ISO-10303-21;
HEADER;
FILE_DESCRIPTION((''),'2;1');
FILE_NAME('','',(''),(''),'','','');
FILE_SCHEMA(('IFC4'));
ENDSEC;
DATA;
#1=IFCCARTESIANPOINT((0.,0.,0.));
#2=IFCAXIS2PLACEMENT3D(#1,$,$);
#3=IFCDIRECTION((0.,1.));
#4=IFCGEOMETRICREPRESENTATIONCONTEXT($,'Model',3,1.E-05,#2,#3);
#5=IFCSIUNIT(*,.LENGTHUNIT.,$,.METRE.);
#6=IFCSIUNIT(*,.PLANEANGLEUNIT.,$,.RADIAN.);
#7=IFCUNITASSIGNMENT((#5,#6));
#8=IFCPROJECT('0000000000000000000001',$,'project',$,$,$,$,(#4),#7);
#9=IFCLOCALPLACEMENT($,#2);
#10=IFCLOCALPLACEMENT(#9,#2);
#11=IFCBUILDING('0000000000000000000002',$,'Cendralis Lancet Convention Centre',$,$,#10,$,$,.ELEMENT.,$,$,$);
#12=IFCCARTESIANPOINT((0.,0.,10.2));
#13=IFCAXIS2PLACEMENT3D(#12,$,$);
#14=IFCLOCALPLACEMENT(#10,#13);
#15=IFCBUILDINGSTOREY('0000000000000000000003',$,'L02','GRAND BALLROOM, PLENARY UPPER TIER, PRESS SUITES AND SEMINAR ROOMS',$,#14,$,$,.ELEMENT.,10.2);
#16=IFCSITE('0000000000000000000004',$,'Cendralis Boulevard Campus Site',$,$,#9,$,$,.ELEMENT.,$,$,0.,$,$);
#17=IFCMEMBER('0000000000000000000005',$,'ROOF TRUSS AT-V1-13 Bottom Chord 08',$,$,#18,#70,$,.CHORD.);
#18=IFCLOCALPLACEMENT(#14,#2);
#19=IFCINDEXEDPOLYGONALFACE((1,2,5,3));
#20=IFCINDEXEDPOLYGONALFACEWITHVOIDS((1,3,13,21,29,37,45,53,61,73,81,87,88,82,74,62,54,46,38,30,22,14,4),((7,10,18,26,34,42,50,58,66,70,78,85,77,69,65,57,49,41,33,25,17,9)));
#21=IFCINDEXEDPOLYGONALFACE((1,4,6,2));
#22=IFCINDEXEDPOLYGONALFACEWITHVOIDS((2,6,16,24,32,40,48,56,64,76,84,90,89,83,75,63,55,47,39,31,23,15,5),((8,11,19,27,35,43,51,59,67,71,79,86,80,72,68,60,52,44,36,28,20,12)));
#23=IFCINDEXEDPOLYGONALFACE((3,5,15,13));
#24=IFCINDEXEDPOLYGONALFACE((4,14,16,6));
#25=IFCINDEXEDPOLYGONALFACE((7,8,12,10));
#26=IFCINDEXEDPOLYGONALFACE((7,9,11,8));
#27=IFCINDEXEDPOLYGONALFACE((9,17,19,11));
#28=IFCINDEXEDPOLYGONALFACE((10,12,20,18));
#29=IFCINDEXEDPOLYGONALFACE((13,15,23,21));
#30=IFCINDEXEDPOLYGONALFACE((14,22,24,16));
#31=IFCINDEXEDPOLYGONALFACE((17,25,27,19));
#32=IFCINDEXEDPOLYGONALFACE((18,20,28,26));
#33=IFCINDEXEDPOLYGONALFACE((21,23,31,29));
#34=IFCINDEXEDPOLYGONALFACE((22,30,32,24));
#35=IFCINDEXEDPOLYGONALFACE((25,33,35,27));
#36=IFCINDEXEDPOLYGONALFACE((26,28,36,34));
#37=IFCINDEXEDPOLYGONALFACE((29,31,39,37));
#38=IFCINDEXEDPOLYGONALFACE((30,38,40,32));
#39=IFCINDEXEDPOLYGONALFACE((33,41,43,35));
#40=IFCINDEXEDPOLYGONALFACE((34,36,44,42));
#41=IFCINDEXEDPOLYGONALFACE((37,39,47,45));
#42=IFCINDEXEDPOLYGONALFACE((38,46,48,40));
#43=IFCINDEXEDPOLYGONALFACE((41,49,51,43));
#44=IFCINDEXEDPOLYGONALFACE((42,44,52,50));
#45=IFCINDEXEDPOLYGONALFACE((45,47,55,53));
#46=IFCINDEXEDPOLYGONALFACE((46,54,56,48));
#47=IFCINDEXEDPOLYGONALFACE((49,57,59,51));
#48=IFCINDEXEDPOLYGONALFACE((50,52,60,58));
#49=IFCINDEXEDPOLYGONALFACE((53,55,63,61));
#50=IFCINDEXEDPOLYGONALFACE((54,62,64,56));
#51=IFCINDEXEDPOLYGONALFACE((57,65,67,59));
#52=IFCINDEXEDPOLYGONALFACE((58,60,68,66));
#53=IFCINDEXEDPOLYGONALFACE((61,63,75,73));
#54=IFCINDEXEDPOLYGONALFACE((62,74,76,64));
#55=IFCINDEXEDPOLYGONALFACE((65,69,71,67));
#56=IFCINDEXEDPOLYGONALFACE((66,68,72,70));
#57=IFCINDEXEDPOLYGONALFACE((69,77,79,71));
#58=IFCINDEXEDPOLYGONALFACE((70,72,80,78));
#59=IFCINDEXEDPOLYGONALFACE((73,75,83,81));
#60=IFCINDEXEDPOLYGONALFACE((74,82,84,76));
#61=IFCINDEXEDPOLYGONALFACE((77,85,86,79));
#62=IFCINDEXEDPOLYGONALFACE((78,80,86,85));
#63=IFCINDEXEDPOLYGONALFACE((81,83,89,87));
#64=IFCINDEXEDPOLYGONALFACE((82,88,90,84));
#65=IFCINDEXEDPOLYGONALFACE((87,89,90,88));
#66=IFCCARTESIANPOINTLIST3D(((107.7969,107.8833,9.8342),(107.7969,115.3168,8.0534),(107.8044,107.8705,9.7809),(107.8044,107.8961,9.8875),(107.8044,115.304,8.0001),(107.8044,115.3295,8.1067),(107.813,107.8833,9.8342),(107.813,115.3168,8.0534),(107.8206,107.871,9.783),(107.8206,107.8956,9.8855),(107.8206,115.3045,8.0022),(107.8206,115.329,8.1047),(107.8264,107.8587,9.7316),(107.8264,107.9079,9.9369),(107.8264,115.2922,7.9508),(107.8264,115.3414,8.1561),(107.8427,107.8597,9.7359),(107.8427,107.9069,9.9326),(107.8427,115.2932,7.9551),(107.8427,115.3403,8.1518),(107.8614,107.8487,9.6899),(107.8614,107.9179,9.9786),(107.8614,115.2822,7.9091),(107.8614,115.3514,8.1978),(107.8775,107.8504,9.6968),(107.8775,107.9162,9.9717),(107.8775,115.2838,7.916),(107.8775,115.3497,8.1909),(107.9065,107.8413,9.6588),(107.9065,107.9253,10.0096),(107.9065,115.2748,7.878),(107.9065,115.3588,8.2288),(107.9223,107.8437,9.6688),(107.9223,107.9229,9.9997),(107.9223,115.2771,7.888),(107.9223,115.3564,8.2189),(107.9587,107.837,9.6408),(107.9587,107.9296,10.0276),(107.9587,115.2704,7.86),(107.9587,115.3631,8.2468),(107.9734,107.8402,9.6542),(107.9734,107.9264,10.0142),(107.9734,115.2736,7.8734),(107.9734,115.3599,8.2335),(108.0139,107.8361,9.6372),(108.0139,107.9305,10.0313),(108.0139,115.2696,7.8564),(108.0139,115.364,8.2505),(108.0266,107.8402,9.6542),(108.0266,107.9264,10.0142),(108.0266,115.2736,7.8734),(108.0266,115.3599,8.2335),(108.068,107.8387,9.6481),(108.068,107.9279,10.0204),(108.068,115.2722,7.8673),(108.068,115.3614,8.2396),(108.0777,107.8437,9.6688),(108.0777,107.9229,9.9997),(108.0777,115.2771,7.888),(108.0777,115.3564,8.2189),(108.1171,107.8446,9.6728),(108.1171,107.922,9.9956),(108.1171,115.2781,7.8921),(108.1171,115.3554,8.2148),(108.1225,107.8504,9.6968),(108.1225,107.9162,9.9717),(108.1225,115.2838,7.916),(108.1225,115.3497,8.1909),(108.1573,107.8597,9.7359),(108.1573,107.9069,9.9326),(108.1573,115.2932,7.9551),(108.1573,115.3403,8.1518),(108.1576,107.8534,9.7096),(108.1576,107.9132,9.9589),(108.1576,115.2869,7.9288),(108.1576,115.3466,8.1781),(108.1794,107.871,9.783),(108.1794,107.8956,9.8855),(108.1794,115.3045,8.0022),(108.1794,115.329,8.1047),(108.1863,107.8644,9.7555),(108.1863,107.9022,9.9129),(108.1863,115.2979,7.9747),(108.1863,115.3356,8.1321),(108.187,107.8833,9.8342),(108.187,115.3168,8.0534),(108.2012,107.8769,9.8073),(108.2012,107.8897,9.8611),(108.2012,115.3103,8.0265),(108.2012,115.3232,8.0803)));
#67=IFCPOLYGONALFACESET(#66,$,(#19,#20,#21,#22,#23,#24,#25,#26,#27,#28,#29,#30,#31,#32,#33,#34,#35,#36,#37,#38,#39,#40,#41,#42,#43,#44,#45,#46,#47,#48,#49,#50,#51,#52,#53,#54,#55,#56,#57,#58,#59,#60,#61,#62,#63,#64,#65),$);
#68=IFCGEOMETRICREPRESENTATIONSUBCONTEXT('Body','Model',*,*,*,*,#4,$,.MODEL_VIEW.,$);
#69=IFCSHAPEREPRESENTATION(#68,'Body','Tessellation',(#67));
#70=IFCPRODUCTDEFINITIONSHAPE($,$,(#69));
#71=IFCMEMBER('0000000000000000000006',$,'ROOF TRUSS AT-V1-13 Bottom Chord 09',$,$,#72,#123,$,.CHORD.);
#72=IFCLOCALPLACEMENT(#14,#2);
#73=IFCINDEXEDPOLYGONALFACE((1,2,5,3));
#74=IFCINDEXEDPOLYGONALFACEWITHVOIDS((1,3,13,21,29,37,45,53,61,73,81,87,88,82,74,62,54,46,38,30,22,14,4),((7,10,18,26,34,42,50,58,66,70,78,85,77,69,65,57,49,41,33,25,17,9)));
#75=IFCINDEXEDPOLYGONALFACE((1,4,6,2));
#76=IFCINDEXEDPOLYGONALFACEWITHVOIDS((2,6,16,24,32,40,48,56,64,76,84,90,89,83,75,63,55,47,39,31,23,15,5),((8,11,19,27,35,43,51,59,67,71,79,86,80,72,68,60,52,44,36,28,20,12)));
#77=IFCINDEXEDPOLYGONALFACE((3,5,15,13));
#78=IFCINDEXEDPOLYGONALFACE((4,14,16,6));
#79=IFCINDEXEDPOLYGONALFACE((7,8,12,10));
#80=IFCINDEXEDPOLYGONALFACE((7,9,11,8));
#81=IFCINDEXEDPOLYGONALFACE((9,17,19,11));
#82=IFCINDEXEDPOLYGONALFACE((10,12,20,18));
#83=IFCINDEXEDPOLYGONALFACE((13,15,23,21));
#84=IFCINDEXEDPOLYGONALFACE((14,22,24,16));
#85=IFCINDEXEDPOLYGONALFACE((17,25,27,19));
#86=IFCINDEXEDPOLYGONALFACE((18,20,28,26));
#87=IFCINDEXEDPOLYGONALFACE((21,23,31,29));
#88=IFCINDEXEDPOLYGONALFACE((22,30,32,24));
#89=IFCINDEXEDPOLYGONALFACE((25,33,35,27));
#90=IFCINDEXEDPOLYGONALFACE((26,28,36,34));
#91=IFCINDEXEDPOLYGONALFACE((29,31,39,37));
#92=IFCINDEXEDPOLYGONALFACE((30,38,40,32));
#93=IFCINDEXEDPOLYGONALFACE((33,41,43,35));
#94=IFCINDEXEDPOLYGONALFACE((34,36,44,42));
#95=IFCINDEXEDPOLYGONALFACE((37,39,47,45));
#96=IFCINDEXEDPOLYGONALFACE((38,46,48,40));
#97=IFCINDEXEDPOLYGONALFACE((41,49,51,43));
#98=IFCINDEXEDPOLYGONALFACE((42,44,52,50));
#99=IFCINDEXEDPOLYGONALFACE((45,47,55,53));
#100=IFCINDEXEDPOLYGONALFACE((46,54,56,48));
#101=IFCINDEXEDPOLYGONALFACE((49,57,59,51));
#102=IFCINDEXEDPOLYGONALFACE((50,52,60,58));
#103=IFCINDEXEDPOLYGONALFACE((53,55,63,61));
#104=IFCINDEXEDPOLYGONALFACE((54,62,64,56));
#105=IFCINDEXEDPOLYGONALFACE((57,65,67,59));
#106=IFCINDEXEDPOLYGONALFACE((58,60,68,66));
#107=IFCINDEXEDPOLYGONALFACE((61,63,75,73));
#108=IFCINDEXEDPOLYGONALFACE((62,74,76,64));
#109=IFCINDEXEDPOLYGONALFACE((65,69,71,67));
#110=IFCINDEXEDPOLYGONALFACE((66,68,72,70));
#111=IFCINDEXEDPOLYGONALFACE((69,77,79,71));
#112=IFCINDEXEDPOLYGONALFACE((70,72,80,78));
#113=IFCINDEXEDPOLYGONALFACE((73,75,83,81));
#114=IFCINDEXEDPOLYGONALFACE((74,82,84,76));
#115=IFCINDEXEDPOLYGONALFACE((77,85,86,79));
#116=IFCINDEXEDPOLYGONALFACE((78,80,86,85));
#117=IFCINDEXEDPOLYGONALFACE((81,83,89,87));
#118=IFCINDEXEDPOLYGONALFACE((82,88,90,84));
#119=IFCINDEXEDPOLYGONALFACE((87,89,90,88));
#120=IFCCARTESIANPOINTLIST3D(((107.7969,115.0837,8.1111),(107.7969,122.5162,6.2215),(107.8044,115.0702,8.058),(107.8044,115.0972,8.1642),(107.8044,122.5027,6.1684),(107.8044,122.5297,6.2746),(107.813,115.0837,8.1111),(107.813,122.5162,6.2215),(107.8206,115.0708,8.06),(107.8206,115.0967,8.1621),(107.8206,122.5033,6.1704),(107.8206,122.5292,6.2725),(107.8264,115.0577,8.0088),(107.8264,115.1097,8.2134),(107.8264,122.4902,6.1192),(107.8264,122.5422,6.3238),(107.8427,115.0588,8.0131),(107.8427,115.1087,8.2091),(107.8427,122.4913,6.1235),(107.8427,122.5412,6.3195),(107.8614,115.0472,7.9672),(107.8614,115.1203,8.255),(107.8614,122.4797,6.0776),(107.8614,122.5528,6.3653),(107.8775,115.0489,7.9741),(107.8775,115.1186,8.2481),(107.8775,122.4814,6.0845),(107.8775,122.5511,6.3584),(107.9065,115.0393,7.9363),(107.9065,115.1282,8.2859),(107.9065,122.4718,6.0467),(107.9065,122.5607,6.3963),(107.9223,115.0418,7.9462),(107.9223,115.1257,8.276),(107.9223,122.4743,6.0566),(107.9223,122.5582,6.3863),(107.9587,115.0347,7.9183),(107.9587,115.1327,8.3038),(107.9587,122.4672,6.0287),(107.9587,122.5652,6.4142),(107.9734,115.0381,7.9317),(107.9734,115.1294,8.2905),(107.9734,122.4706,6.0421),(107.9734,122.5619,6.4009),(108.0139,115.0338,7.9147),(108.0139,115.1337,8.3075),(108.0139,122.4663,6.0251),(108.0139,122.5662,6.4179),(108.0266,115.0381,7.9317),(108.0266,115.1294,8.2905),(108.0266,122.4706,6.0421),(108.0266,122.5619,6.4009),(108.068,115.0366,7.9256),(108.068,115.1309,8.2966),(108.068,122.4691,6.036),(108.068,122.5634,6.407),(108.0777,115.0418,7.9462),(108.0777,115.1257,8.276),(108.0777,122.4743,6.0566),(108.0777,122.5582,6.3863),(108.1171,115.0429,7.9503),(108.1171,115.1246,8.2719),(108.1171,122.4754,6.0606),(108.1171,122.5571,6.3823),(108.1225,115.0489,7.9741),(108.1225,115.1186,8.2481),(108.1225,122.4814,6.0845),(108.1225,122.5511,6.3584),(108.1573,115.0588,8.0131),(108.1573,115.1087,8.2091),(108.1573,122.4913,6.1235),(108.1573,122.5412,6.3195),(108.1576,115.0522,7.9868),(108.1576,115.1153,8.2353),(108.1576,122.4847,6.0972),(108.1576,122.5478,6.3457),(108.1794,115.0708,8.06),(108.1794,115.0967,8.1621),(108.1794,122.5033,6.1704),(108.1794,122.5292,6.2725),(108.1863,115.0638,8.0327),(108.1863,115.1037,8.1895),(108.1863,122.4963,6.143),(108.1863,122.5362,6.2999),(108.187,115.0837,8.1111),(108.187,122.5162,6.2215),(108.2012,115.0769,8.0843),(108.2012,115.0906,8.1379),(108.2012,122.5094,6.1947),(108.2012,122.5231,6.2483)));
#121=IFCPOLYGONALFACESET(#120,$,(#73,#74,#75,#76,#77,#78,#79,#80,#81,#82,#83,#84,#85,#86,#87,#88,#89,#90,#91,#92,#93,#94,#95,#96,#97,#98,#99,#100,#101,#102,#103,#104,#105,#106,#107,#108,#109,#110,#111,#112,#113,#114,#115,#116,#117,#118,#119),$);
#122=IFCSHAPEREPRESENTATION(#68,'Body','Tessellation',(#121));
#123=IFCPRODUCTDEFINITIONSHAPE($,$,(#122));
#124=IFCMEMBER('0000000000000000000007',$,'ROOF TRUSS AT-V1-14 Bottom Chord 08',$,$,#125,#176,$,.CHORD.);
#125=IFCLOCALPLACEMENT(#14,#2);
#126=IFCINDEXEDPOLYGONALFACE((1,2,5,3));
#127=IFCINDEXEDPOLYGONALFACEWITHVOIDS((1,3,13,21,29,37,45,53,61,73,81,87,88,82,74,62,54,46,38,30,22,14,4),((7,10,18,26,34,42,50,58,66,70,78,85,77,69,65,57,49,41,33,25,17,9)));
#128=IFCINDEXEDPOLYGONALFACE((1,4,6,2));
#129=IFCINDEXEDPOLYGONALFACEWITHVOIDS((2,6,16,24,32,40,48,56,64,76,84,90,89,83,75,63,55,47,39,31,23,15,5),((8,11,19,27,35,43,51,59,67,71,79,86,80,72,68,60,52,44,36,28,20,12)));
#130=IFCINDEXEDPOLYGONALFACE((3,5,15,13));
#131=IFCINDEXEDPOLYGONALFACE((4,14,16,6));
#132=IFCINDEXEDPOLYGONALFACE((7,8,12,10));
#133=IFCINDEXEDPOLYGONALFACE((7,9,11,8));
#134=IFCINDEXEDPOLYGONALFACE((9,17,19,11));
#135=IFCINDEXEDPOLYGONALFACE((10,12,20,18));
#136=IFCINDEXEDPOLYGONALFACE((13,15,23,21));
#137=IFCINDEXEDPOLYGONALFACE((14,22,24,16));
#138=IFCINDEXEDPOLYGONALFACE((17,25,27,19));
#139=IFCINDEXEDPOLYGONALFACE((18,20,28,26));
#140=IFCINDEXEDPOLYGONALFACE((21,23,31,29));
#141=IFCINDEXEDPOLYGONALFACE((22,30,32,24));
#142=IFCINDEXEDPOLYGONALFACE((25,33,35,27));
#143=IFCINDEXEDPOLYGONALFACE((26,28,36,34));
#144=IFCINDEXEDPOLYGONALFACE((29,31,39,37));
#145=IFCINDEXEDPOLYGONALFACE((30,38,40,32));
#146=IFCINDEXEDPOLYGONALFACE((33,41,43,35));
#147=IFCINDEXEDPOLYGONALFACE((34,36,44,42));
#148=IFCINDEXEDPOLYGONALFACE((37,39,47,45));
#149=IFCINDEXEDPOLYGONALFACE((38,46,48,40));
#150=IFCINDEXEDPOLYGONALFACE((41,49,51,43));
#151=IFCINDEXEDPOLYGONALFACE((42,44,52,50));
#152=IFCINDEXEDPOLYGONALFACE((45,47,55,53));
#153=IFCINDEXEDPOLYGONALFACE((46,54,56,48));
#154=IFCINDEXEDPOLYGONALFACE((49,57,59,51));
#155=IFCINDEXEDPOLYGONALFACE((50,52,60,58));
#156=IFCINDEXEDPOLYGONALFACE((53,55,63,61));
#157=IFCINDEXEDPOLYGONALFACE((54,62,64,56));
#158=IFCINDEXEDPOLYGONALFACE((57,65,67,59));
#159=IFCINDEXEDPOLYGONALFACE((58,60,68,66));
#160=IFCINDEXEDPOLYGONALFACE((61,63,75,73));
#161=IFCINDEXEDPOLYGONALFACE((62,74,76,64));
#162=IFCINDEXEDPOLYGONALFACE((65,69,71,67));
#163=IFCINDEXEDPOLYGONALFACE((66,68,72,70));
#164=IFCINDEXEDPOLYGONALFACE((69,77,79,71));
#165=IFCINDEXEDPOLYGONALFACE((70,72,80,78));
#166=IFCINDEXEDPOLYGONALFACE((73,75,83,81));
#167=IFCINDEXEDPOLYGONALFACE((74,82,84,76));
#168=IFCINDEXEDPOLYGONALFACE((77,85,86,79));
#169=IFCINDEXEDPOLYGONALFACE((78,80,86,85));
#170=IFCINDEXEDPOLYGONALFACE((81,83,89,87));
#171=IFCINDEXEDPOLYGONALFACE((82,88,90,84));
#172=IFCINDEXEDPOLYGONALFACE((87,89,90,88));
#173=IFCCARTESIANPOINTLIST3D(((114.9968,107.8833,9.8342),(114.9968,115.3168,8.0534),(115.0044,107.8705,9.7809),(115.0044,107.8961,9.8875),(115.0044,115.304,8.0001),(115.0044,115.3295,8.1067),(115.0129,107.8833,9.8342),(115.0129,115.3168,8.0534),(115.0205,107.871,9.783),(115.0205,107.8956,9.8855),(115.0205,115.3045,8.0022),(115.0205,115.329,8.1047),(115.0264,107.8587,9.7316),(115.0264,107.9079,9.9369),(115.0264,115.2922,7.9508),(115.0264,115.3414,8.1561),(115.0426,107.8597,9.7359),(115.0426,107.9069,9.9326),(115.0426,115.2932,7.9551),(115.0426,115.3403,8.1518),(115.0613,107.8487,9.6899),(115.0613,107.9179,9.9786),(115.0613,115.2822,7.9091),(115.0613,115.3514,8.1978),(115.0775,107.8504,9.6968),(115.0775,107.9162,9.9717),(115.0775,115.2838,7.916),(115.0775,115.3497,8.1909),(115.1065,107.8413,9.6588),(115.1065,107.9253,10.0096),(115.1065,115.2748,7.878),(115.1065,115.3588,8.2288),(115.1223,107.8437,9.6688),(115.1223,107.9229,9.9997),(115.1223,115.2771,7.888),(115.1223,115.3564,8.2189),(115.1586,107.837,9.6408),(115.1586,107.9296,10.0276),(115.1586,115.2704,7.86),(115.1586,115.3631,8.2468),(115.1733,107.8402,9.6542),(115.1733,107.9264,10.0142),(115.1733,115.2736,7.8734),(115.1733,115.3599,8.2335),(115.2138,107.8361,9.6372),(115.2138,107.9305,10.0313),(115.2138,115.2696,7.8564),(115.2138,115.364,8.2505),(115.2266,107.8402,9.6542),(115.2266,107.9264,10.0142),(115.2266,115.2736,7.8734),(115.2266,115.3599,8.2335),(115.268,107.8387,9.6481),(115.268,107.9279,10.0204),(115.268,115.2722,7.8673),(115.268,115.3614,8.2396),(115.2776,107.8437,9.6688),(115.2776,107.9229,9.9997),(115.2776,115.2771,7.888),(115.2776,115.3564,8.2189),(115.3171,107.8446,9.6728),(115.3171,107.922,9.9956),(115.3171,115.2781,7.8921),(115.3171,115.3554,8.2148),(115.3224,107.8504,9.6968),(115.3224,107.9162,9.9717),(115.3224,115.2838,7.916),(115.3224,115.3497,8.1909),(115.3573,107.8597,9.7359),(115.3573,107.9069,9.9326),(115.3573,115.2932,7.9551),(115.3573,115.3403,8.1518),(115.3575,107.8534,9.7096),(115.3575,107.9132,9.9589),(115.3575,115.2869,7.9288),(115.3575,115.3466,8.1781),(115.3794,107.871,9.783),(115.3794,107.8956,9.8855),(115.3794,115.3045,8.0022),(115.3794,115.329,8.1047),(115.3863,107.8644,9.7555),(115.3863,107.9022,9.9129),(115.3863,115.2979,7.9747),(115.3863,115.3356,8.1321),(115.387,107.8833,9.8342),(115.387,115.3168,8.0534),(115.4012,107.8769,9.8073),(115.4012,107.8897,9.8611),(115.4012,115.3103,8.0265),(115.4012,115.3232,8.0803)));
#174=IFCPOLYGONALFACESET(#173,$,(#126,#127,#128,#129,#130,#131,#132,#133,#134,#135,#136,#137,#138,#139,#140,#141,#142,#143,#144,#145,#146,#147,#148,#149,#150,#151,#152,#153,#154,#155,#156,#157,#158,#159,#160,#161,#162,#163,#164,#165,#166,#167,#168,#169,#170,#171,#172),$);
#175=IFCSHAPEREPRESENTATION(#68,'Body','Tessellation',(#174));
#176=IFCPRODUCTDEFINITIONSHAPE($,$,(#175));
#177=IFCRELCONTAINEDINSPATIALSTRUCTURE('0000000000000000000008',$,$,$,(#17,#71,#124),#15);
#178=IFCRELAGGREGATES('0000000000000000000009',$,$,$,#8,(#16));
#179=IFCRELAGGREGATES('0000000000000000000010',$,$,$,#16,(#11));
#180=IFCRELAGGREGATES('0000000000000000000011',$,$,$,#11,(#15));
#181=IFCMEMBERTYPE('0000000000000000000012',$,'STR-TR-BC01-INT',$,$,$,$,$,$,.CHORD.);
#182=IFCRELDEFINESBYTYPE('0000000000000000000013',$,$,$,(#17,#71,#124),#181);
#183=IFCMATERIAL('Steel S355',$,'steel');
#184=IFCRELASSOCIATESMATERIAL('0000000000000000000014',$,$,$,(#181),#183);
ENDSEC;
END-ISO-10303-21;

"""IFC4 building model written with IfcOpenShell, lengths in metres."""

from ifc_helpers import new_model, si_unit, direction, frame, origin, origin_2d, place, context, subcontext, project, spatial, hollow_circle, extrude, material, material_profile, profile_set, type_object, element, save


model = new_model("IFC4")

# Units and contexts
model_context = context("Model", 3, precision=1e-05, world=origin(), true_north=direction((0.0, 1.0)))
body_context = subcontext(model_context, "Body", "Model", "MODEL_VIEW")
ifc_project = project(units=[si_unit("LENGTHUNIT", "METRE"), si_unit("PLANEANGLEUNIT", "RADIAN")], contexts=[model_context])

# Site, building, storey
site_placement = place(None, origin())
site = spatial("IfcSite", under=ifc_project, at=site_placement, Name="Cendralis Boulevard Campus Site", CompositionType="ELEMENT", RefElevation=0.0)
building_placement = place(site_placement, origin())
building = spatial("IfcBuilding", under=site, at=building_placement, Name="Cendralis Lancet Convention Centre", CompositionType="ELEMENT")
storey_placement = place(building_placement, frame((0.0, 0.0, 10.2)))
storey = spatial("IfcBuildingStorey", under=building, at=storey_placement, Name="L02", Description="GRAND BALLROOM, PLENARY UPPER TIER, PRESS SUITES AND SEMINAR ROOMS", CompositionType="ELEMENT", Elevation=10.2)

# Members
ifc_material = material(Name="Steel S355", Category="steel")
ifc_material_profile_1 = material_profile(ifc_material, hollow_circle(Radius=0.2031, WallThickness=0.0161, at=origin_2d()), Name="CHS 406.4x16.0")
ifc_profile_set_1 = profile_set([ifc_material_profile_1], Name="Steel S355")
member_type_1 = type_object("IfcMemberType", Name="STR-TR-BC01-INT", PredefinedType="CHORD", material=ifc_profile_set_1)
member_1_placement = place(storey_placement, frame((108.0, 107.8833, 9.8342), z_axis=(0.0, 0.972483, -0.232972), x_axis=(-1.0, 0.0, 0.0)))
element("IfcMember", 1, at=member_1_placement, inside=storey, type_object=member_type_1, Name="ROOF TRUSS AT-V1-13 Bottom Chord 08", PredefinedType="CHORD", context=body_context, shape_type="SweptSolid", body=[
    extrude(hollow_circle(Radius=0.2031, WallThickness=0.0161, at=origin_2d()), origin(), (0.0, 0.0, 1.0), 7.6438),
])
member_2_placement = place(storey_placement, frame((108.0, 115.0837, 8.1111), z_axis=(0.0, 0.969169, -0.246399), x_axis=(-1.0, 0.0, 0.0)))
element("IfcMember", 2, at=member_2_placement, inside=storey, type_object=member_type_1, Name="ROOF TRUSS AT-V1-13 Bottom Chord 09", PredefinedType="CHORD", context=body_context, shape_type="SweptSolid", body=[
    extrude(hollow_circle(Radius=0.2031, WallThickness=0.0161, at=origin_2d()), origin(), (0.0, 0.0, 1.0), 7.6689),
])
member_3_placement = place(storey_placement, frame((115.2, 107.8833, 9.8342), z_axis=(0.0, 0.972483, -0.232972), x_axis=(-1.0, 0.0, 0.0)))
element("IfcMember", 3, at=member_3_placement, inside=storey, type_object=member_type_1, Name="ROOF TRUSS AT-V1-14 Bottom Chord 08", PredefinedType="CHORD", context=body_context, shape_type="SweptSolid", body=[
    extrude(hollow_circle(Radius=0.2031, WallThickness=0.0161, at=origin_2d()), origin(), (0.0, 0.0, 1.0), 7.6438),
])

save(model, "model.ifc")
